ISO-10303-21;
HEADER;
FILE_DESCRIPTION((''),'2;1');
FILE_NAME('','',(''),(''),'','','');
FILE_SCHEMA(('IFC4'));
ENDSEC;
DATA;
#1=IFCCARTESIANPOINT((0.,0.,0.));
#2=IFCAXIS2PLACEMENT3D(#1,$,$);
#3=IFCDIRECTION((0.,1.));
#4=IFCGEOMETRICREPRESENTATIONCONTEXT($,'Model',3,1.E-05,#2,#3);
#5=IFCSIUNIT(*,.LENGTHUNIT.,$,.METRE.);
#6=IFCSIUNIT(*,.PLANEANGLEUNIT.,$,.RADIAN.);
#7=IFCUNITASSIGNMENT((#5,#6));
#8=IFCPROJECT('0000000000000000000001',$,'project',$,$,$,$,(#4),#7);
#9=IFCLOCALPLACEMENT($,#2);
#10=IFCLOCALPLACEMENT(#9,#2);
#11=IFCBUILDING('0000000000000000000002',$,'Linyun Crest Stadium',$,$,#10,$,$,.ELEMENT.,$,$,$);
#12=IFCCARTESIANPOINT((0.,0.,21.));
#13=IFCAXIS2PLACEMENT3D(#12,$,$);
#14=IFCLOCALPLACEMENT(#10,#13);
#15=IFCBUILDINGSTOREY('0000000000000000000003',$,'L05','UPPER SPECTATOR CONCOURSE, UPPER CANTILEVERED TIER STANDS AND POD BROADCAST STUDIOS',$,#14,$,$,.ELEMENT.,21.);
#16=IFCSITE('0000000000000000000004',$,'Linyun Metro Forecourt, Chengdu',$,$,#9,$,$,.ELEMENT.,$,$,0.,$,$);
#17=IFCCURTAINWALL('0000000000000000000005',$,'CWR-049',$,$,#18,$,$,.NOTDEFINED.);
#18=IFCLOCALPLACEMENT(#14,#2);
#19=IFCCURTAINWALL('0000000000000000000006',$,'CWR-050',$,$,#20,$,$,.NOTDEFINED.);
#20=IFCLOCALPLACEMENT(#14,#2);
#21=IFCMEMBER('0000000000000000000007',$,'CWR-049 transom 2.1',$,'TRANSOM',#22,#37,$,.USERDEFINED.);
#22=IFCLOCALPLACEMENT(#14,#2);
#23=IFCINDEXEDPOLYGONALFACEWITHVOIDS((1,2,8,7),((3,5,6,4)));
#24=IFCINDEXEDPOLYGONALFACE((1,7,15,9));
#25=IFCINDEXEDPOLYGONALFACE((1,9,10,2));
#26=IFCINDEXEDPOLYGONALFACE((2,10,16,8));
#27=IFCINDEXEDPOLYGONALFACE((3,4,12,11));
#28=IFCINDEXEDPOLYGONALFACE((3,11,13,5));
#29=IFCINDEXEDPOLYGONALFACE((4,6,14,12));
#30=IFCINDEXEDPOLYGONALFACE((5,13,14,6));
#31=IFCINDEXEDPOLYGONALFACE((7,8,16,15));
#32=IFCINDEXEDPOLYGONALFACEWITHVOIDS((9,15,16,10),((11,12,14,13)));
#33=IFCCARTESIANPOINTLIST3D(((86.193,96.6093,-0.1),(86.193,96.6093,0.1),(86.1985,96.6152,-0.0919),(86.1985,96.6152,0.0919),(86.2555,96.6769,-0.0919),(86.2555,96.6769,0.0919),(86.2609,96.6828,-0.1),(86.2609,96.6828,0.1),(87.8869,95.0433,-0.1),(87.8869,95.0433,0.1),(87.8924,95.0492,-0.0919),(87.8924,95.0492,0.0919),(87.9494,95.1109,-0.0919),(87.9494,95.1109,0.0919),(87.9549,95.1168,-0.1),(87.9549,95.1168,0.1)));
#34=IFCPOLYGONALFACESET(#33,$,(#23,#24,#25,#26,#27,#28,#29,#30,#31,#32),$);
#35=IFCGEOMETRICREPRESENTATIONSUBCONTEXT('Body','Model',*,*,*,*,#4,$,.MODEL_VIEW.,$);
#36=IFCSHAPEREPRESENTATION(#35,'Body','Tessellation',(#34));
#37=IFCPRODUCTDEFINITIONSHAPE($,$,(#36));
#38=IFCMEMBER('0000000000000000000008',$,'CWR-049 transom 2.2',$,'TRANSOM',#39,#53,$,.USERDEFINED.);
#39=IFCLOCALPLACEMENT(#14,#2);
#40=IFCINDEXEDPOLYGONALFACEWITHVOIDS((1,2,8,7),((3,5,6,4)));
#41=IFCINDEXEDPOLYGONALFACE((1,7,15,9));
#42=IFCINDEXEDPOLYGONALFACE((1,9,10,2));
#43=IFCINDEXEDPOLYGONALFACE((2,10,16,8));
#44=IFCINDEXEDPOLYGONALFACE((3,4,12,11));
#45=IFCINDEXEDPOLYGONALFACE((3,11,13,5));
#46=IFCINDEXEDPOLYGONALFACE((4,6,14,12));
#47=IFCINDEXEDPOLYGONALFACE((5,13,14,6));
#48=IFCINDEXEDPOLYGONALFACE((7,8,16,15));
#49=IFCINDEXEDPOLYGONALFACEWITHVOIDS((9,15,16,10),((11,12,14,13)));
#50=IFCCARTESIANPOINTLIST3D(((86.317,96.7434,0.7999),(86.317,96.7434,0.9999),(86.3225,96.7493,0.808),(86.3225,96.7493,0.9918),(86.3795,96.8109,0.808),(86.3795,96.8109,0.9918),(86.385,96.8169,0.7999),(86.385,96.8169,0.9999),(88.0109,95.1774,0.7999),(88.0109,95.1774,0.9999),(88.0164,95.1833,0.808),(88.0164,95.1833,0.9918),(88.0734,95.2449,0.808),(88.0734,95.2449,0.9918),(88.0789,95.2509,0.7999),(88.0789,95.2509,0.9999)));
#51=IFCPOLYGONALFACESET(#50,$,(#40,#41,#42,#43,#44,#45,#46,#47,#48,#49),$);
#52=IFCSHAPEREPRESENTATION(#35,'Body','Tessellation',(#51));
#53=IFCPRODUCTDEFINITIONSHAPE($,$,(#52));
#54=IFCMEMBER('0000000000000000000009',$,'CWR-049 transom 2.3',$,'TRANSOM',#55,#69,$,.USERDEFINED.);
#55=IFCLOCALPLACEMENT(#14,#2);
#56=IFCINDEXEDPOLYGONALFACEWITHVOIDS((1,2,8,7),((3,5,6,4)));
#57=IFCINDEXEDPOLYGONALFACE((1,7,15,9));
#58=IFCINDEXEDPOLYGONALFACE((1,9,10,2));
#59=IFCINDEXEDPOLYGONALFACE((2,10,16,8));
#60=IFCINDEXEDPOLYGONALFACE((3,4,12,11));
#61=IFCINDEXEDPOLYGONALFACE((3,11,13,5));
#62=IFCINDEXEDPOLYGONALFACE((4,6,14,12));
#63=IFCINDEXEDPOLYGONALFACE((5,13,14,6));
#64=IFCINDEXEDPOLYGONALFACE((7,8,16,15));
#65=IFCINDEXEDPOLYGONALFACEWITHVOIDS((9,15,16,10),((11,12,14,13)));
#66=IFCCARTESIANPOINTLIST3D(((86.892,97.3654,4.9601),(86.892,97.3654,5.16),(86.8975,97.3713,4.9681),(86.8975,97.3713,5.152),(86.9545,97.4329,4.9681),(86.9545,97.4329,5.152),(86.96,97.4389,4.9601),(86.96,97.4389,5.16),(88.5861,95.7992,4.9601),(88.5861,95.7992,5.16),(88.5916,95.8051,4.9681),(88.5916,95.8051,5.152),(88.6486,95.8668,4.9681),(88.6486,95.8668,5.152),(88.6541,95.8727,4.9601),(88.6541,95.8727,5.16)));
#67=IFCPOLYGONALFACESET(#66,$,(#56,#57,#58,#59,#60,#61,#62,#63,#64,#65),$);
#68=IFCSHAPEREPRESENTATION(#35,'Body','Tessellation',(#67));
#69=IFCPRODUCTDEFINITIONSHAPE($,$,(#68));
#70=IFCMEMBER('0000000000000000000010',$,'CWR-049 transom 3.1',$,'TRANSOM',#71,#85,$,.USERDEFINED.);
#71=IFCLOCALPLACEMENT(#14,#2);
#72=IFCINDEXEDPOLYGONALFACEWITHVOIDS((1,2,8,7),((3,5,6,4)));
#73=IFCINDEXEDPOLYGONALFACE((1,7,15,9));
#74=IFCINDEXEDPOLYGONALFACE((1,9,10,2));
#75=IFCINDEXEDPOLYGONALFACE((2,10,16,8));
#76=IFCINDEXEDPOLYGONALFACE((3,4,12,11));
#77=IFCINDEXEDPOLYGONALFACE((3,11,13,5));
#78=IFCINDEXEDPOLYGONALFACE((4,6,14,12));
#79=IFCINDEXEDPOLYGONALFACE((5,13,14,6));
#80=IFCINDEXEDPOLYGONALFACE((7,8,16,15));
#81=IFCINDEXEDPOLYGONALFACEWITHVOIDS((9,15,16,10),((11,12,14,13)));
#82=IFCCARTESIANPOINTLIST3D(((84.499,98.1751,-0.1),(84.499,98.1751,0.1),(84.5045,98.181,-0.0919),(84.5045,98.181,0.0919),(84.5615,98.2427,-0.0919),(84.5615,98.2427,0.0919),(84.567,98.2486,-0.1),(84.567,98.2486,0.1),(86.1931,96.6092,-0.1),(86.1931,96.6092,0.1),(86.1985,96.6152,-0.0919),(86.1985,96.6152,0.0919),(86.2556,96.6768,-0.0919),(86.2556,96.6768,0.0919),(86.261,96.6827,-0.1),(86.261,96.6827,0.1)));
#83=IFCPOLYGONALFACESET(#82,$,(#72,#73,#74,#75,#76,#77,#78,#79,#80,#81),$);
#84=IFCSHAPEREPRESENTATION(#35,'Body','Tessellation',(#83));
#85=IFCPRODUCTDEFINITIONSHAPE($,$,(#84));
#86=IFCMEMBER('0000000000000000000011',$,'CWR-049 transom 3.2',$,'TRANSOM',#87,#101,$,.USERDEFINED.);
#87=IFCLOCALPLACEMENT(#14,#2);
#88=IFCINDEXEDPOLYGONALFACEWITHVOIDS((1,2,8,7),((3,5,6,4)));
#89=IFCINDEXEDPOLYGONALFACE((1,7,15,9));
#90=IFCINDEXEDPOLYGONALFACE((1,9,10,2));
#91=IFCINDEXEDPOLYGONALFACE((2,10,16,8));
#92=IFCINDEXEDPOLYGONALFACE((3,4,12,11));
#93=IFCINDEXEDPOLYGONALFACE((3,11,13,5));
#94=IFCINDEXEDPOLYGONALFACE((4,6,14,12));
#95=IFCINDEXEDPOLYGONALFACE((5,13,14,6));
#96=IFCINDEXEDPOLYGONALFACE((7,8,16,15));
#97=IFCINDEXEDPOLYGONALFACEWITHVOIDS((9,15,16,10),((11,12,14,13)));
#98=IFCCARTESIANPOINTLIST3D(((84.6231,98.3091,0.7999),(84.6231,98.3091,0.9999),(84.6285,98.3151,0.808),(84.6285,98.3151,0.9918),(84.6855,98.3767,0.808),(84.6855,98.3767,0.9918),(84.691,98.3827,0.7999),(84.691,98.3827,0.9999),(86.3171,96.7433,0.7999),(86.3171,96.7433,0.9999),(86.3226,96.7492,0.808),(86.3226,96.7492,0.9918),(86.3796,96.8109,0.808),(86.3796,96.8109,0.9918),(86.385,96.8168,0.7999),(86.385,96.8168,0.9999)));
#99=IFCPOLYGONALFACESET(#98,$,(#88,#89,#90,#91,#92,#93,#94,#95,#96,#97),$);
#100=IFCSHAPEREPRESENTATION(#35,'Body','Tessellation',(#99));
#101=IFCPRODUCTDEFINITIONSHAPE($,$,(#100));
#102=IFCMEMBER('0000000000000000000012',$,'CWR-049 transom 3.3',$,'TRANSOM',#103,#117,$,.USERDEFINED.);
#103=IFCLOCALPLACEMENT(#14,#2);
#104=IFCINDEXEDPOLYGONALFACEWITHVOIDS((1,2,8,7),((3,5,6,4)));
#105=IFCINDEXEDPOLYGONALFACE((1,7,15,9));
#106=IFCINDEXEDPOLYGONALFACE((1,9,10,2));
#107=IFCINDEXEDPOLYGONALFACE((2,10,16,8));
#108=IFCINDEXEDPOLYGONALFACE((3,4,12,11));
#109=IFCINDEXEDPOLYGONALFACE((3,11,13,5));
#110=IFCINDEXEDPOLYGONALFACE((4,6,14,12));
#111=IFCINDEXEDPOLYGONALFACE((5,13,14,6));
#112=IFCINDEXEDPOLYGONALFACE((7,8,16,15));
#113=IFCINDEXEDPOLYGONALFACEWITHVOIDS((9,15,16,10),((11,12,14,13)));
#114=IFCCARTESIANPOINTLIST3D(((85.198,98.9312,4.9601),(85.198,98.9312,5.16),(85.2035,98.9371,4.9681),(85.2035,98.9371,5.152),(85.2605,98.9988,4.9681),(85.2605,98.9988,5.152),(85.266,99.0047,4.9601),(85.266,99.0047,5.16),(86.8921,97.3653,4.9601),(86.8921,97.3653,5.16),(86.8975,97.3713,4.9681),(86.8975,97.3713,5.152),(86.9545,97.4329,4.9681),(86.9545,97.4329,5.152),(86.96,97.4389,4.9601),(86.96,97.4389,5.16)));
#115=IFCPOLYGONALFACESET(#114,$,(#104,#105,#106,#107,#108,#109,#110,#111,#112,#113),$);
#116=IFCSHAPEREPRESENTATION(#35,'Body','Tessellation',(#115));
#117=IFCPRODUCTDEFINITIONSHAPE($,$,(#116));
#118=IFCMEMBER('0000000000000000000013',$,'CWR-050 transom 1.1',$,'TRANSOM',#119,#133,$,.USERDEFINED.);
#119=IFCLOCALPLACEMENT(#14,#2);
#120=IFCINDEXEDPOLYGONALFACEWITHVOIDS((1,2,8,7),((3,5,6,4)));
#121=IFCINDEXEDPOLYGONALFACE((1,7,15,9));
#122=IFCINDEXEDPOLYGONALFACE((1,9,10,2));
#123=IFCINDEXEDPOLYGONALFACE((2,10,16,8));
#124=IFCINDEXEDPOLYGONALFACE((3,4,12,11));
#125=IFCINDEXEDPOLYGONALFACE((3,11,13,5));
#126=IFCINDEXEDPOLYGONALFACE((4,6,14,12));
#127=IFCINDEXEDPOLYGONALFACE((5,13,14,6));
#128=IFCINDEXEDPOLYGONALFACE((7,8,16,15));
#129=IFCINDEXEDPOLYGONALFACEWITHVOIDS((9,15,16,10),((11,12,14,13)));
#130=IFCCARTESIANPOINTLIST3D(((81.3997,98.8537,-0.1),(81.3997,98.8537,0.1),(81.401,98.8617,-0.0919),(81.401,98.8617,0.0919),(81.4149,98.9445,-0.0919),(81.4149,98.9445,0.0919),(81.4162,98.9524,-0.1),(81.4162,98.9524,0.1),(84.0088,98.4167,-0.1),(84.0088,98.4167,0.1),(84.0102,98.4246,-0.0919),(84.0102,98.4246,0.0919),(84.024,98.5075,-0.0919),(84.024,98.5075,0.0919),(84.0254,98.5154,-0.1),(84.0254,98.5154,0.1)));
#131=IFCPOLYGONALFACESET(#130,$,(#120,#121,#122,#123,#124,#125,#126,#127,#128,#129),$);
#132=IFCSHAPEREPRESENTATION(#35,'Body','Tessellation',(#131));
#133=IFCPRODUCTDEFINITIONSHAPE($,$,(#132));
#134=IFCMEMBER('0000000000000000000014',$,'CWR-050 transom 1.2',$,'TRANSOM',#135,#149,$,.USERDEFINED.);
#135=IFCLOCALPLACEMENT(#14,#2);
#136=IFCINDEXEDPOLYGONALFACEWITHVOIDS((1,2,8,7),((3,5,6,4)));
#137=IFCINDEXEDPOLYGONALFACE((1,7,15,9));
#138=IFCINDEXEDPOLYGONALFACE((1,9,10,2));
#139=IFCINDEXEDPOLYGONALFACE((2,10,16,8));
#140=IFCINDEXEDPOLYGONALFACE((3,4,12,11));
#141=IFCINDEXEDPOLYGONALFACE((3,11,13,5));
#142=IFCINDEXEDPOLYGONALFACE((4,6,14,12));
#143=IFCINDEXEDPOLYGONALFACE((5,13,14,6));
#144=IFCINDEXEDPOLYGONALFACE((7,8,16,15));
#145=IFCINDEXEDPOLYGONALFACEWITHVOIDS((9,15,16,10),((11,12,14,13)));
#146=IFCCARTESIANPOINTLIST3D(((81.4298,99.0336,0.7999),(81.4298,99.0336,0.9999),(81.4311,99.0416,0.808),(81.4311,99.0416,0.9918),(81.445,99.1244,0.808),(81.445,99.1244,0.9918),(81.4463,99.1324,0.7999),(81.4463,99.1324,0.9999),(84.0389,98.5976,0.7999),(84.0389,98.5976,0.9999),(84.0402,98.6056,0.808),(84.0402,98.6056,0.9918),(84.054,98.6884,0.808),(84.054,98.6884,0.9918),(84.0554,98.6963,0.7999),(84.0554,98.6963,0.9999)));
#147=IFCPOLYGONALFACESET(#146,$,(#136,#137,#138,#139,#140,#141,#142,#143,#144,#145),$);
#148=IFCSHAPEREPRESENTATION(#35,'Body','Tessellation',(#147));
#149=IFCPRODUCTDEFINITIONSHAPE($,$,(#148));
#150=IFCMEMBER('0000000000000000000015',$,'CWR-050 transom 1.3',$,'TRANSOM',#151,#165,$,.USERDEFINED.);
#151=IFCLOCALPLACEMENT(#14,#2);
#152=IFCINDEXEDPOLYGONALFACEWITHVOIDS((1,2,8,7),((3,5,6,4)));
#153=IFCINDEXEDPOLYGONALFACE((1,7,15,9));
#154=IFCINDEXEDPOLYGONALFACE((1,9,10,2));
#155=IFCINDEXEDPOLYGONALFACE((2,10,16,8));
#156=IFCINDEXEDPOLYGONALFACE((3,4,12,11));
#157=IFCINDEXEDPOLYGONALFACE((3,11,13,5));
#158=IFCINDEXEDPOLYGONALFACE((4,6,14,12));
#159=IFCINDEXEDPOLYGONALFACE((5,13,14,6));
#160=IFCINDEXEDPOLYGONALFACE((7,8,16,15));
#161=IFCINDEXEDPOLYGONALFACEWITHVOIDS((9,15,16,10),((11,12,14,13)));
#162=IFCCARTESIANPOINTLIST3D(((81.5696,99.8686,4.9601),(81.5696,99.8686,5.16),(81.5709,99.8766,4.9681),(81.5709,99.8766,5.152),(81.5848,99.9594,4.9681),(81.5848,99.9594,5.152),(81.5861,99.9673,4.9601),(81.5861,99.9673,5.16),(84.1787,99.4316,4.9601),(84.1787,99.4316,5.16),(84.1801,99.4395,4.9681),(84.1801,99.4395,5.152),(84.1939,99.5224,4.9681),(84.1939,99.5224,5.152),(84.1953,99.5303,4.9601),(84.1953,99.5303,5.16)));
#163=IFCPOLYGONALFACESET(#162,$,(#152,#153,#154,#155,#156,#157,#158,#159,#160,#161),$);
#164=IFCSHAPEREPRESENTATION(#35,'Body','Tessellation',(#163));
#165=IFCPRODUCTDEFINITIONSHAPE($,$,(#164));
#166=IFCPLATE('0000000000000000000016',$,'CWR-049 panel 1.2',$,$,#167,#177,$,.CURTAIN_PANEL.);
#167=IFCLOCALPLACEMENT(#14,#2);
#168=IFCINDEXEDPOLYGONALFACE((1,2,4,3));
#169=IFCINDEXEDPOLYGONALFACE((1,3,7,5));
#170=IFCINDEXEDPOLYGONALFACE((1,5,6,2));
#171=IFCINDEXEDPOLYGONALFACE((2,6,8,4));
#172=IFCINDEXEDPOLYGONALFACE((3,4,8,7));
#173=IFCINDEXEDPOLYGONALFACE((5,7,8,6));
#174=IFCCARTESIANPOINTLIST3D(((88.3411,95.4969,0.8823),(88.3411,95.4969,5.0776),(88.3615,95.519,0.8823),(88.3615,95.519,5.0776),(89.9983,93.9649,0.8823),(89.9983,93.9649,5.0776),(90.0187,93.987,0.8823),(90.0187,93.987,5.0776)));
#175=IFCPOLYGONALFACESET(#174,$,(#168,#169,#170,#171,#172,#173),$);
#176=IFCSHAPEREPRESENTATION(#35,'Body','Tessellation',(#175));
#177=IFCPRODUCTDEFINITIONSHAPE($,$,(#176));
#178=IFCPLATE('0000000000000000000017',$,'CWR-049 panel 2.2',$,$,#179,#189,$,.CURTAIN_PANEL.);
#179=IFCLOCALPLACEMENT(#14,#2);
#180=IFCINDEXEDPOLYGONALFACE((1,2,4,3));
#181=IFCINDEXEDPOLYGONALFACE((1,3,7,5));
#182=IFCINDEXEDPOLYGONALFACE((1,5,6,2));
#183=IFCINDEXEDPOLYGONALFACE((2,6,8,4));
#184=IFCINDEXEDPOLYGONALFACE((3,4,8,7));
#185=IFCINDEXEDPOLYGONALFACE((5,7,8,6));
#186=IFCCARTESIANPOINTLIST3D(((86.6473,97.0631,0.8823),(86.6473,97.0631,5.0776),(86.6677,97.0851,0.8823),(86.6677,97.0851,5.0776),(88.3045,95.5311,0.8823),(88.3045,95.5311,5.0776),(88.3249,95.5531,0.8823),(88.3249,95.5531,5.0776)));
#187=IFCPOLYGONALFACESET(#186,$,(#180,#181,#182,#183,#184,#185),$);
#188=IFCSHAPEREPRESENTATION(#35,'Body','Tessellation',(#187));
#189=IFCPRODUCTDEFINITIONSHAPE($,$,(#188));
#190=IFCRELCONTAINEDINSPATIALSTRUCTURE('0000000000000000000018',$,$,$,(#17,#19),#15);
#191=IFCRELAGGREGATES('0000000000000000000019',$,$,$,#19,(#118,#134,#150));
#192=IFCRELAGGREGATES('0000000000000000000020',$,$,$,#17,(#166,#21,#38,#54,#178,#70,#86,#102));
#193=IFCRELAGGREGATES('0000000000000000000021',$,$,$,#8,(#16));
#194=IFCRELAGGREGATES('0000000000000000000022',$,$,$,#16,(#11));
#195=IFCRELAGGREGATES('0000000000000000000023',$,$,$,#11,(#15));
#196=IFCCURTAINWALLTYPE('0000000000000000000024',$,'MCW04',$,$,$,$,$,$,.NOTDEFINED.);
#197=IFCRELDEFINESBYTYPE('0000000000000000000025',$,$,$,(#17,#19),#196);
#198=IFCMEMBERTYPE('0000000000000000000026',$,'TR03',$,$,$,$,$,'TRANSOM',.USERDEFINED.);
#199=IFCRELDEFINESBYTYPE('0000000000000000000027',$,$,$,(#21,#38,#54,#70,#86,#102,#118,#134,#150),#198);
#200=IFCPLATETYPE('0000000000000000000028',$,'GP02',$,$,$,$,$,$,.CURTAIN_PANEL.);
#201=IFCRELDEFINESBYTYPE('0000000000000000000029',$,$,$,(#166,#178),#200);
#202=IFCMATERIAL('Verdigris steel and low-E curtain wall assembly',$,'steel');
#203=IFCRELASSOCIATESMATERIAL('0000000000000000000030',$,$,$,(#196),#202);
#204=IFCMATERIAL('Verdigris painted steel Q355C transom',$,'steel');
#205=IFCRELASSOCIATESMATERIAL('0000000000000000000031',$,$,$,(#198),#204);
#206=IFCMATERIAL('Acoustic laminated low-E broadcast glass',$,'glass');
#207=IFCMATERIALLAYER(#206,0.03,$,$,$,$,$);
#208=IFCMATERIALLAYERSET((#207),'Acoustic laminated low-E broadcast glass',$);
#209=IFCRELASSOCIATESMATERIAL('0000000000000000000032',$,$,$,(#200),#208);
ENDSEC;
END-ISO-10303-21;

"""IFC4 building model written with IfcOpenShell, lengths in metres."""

from ifc_helpers import new_model, si_unit, direction, frame, origin, origin_2d, place, context, subcontext, project, spatial, rectangle, hollow_rectangle, extrude, material, layer, layer_set, material_profile, profile_set, type_object, element, aggregate, save


model = new_model("IFC4")

# Units and contexts
model_context = context("Model", 3, precision=1e-05, world=origin(), true_north=direction((0.0, 1.0)))
body_context = subcontext(model_context, "Body", "Model", "MODEL_VIEW")
ifc_project = project(units=[si_unit("LENGTHUNIT", "METRE"), si_unit("PLANEANGLEUNIT", "RADIAN")], contexts=[model_context])

# Site, building, storey
site_placement = place(None, origin())
site = spatial("IfcSite", under=ifc_project, at=site_placement, Name="Linyun Metro Forecourt, Chengdu", CompositionType="ELEMENT", RefElevation=0.0)
building_placement = place(site_placement, origin())
building = spatial("IfcBuilding", under=site, at=building_placement, Name="Linyun Crest Stadium", CompositionType="ELEMENT")
storey_placement = place(building_placement, frame((0.0, 0.0, 21.0)))
storey = spatial("IfcBuildingStorey", under=building, at=storey_placement, Name="L05", Description="UPPER SPECTATOR CONCOURSE, UPPER CANTILEVERED TIER STANDS AND POD BROADCAST STUDIOS", CompositionType="ELEMENT", Elevation=21.0)

# Curtain wall
ifc_material_1 = material(Name="Verdigris steel and low-E curtain wall assembly", Category="steel")
curtain_wall_type = type_object("IfcCurtainWallType", Name="MCW04", PredefinedType="NOTDEFINED", material=ifc_material_1)
curtain_wall_1_placement = place(storey_placement, origin())
curtain_wall_1 = element("IfcCurtainWall", 1, at=curtain_wall_1_placement, inside=storey, type_object=curtain_wall_type, Name="CWR-049", PredefinedType="NOTDEFINED")

# Curtain wall
curtain_wall_2_placement = place(storey_placement, origin())
curtain_wall_2 = element("IfcCurtainWall", 2, at=curtain_wall_2_placement, inside=storey, type_object=curtain_wall_type, Name="CWR-050", PredefinedType="NOTDEFINED")

# Members
ifc_material_2 = material(Name="Verdigris painted steel Q355C transom", Category="steel")
ifc_material_profile_1 = material_profile(ifc_material_2, hollow_rectangle(XDim=0.1001, YDim=0.2, WallThickness=0.0081, at=origin_2d()), Name="RHS 200x100x8")
ifc_profile_set_1 = profile_set([ifc_material_profile_1], Name="Verdigris painted steel Q355C transom")
member_type_1 = type_object("IfcMemberType", Name="TR03", ElementType="TRANSOM", PredefinedType="USERDEFINED", material=ifc_profile_set_1)
member_1_placement = place(storey_placement, frame((87.9209, 95.0801, 0.0), z_axis=(-0.734292, 0.678834, 0.0), x_axis=(-0.678834, -0.734292, 0.0)))
member_1 = element("IfcMember", 3, at=member_1_placement, type_object=member_type_1, Name="CWR-049 transom 2.1", ObjectType="TRANSOM", PredefinedType="USERDEFINED", context=body_context, shape_type="SweptSolid", body=[
    extrude(hollow_rectangle(XDim=0.1001, YDim=0.2, WallThickness=0.0081, at=origin_2d()), origin(), (0.0, 0.0, 1.0), 2.3069),
])
member_2_placement = place(storey_placement, frame((88.0449, 95.2141, 0.8999), z_axis=(-0.734292, 0.678834, 0.0), x_axis=(-0.678834, -0.734292, 0.0)))
member_2 = element("IfcMember", 4, at=member_2_placement, type_object=member_type_1, Name="CWR-049 transom 2.2", ObjectType="TRANSOM", PredefinedType="USERDEFINED", context=body_context, shape_type="SweptSolid", body=[
    extrude(hollow_rectangle(XDim=0.1001, YDim=0.2, WallThickness=0.0081, at=origin_2d()), origin(), (0.0, 0.0, 1.0), 2.3069),
])
member_3_placement = place(storey_placement, frame((88.6201, 95.8359, 5.0601), z_axis=(-0.734288, 0.678838, 0.0), x_axis=(-0.678838, -0.734288, 0.0)))
member_3 = element("IfcMember", 5, at=member_3_placement, type_object=member_type_1, Name="CWR-049 transom 2.3", ObjectType="TRANSOM", PredefinedType="USERDEFINED", context=body_context, shape_type="SweptSolid", body=[
    extrude(hollow_rectangle(XDim=0.1001, YDim=0.2, WallThickness=0.0081, at=origin_2d()), origin(), (0.0, 0.0, 1.0), 2.3071),
])
member_4_placement = place(storey_placement, frame((86.2271, 96.646, 0.0), z_axis=(-0.734341, 0.678781, 0.0), x_axis=(-0.678781, -0.734341, 0.0)))
member_4 = element("IfcMember", 6, at=member_4_placement, type_object=member_type_1, Name="CWR-049 transom 3.1", ObjectType="TRANSOM", PredefinedType="USERDEFINED", context=body_context, shape_type="SweptSolid", body=[
    extrude(hollow_rectangle(XDim=0.1001, YDim=0.2, WallThickness=0.0081, at=origin_2d()), origin(), (0.0, 0.0, 1.0), 2.3069),
])
member_5_placement = place(storey_placement, frame((86.3511, 96.78, 0.8999), z_axis=(-0.734341, 0.678781, 0.0), x_axis=(-0.678781, -0.734341, 0.0)))
member_5 = element("IfcMember", 7, at=member_5_placement, type_object=member_type_1, Name="CWR-049 transom 3.2", ObjectType="TRANSOM", PredefinedType="USERDEFINED", context=body_context, shape_type="SweptSolid", body=[
    extrude(hollow_rectangle(XDim=0.1001, YDim=0.2, WallThickness=0.0081, at=origin_2d()), origin(), (0.0, 0.0, 1.0), 2.3069),
])
member_6_placement = place(storey_placement, frame((86.926, 97.4021, 5.0601), z_axis=(-0.734341, 0.678781, 0.0), x_axis=(-0.678781, -0.734341, 0.0)))
member_6 = element("IfcMember", 8, at=member_6_placement, type_object=member_type_1, Name="CWR-049 transom 3.3", ObjectType="TRANSOM", PredefinedType="USERDEFINED", context=body_context, shape_type="SweptSolid", body=[
    extrude(hollow_rectangle(XDim=0.1001, YDim=0.2, WallThickness=0.0081, at=origin_2d()), origin(), (0.0, 0.0, 1.0), 2.3069),
])
member_7_placement = place(storey_placement, frame((84.0171, 98.4661, 0.0), z_axis=(-0.986261, 0.165192, 0.0), x_axis=(-0.165192, -0.986261, 0.0)))
member_7 = element("IfcMember", 9, at=member_7_placement, type_object=member_type_1, Name="CWR-050 transom 1.1", ObjectType="TRANSOM", PredefinedType="USERDEFINED", context=body_context, shape_type="SweptSolid", body=[
    extrude(hollow_rectangle(XDim=0.1001, YDim=0.2, WallThickness=0.0081, at=origin_2d()), origin(), (0.0, 0.0, 1.0), 2.6455),
])
member_8_placement = place(storey_placement, frame((84.0471, 98.647, 0.8999), z_axis=(-0.986321, 0.164833, 0.0), x_axis=(-0.164833, -0.986321, 0.0)))
member_8 = element("IfcMember", 10, at=member_8_placement, type_object=member_type_1, Name="CWR-050 transom 1.2", ObjectType="TRANSOM", PredefinedType="USERDEFINED", context=body_context, shape_type="SweptSolid", body=[
    extrude(hollow_rectangle(XDim=0.1001, YDim=0.2, WallThickness=0.0081, at=origin_2d()), origin(), (0.0, 0.0, 1.0), 2.6453),
])
member_9_placement = place(storey_placement, frame((84.187, 99.481, 5.0601), z_axis=(-0.986261, 0.165192, 0.0), x_axis=(-0.165192, -0.986261, 0.0)))
member_9 = element("IfcMember", 11, at=member_9_placement, type_object=member_type_1, Name="CWR-050 transom 1.3", ObjectType="TRANSOM", PredefinedType="USERDEFINED", context=body_context, shape_type="SweptSolid", body=[
    extrude(hollow_rectangle(XDim=0.1001, YDim=0.2, WallThickness=0.0081, at=origin_2d()), origin(), (0.0, 0.0, 1.0), 2.6455),
])
aggregate(curtain_wall_2, [member_7, member_8, member_9])

# Plates
ifc_material_3 = material(Name="Acoustic laminated low-E broadcast glass", Category="glass")
ifc_layer_1 = layer(ifc_material_3, 0.03)
ifc_layer_set_1 = layer_set([ifc_layer_1], Name="Acoustic laminated low-E broadcast glass")
plate_type_1 = type_object("IfcPlateType", Name="GP02", PredefinedType="CURTAIN_PANEL", material=ifc_layer_set_1)
plate_1_placement = place(storey_placement, frame((89.1799, 94.7419, 0.8823), z_axis=(0.0, 0.0, 1.0), x_axis=(-0.734299, 0.678826, 0.0)))
plate_1 = element("IfcPlate", 12, at=plate_1_placement, type_object=plate_type_1, Name="CWR-049 panel 1.2", PredefinedType="CURTAIN_PANEL", context=body_context, shape_type="SweptSolid", body=[
    extrude(rectangle(XDim=2.2568, YDim=0.03, at=origin_2d()), origin(), (0.0, 0.0, 1.0), 4.1953),
])
plate_2_placement = place(storey_placement, frame((87.4861, 96.3081, 0.8823), z_axis=(0.0, 0.0, 1.0), x_axis=(-0.734299, 0.678826, 0.0)))
plate_2 = element("IfcPlate", 13, at=plate_2_placement, type_object=plate_type_1, Name="CWR-049 panel 2.2", PredefinedType="CURTAIN_PANEL", context=body_context, shape_type="SweptSolid", body=[
    extrude(rectangle(XDim=2.2568, YDim=0.03, at=origin_2d()), origin(), (0.0, 0.0, 1.0), 4.1953),
])
aggregate(curtain_wall_1, [plate_1, member_1, member_2, member_3, plate_2, member_4, member_5, member_6])

save(model, "model.ifc")
